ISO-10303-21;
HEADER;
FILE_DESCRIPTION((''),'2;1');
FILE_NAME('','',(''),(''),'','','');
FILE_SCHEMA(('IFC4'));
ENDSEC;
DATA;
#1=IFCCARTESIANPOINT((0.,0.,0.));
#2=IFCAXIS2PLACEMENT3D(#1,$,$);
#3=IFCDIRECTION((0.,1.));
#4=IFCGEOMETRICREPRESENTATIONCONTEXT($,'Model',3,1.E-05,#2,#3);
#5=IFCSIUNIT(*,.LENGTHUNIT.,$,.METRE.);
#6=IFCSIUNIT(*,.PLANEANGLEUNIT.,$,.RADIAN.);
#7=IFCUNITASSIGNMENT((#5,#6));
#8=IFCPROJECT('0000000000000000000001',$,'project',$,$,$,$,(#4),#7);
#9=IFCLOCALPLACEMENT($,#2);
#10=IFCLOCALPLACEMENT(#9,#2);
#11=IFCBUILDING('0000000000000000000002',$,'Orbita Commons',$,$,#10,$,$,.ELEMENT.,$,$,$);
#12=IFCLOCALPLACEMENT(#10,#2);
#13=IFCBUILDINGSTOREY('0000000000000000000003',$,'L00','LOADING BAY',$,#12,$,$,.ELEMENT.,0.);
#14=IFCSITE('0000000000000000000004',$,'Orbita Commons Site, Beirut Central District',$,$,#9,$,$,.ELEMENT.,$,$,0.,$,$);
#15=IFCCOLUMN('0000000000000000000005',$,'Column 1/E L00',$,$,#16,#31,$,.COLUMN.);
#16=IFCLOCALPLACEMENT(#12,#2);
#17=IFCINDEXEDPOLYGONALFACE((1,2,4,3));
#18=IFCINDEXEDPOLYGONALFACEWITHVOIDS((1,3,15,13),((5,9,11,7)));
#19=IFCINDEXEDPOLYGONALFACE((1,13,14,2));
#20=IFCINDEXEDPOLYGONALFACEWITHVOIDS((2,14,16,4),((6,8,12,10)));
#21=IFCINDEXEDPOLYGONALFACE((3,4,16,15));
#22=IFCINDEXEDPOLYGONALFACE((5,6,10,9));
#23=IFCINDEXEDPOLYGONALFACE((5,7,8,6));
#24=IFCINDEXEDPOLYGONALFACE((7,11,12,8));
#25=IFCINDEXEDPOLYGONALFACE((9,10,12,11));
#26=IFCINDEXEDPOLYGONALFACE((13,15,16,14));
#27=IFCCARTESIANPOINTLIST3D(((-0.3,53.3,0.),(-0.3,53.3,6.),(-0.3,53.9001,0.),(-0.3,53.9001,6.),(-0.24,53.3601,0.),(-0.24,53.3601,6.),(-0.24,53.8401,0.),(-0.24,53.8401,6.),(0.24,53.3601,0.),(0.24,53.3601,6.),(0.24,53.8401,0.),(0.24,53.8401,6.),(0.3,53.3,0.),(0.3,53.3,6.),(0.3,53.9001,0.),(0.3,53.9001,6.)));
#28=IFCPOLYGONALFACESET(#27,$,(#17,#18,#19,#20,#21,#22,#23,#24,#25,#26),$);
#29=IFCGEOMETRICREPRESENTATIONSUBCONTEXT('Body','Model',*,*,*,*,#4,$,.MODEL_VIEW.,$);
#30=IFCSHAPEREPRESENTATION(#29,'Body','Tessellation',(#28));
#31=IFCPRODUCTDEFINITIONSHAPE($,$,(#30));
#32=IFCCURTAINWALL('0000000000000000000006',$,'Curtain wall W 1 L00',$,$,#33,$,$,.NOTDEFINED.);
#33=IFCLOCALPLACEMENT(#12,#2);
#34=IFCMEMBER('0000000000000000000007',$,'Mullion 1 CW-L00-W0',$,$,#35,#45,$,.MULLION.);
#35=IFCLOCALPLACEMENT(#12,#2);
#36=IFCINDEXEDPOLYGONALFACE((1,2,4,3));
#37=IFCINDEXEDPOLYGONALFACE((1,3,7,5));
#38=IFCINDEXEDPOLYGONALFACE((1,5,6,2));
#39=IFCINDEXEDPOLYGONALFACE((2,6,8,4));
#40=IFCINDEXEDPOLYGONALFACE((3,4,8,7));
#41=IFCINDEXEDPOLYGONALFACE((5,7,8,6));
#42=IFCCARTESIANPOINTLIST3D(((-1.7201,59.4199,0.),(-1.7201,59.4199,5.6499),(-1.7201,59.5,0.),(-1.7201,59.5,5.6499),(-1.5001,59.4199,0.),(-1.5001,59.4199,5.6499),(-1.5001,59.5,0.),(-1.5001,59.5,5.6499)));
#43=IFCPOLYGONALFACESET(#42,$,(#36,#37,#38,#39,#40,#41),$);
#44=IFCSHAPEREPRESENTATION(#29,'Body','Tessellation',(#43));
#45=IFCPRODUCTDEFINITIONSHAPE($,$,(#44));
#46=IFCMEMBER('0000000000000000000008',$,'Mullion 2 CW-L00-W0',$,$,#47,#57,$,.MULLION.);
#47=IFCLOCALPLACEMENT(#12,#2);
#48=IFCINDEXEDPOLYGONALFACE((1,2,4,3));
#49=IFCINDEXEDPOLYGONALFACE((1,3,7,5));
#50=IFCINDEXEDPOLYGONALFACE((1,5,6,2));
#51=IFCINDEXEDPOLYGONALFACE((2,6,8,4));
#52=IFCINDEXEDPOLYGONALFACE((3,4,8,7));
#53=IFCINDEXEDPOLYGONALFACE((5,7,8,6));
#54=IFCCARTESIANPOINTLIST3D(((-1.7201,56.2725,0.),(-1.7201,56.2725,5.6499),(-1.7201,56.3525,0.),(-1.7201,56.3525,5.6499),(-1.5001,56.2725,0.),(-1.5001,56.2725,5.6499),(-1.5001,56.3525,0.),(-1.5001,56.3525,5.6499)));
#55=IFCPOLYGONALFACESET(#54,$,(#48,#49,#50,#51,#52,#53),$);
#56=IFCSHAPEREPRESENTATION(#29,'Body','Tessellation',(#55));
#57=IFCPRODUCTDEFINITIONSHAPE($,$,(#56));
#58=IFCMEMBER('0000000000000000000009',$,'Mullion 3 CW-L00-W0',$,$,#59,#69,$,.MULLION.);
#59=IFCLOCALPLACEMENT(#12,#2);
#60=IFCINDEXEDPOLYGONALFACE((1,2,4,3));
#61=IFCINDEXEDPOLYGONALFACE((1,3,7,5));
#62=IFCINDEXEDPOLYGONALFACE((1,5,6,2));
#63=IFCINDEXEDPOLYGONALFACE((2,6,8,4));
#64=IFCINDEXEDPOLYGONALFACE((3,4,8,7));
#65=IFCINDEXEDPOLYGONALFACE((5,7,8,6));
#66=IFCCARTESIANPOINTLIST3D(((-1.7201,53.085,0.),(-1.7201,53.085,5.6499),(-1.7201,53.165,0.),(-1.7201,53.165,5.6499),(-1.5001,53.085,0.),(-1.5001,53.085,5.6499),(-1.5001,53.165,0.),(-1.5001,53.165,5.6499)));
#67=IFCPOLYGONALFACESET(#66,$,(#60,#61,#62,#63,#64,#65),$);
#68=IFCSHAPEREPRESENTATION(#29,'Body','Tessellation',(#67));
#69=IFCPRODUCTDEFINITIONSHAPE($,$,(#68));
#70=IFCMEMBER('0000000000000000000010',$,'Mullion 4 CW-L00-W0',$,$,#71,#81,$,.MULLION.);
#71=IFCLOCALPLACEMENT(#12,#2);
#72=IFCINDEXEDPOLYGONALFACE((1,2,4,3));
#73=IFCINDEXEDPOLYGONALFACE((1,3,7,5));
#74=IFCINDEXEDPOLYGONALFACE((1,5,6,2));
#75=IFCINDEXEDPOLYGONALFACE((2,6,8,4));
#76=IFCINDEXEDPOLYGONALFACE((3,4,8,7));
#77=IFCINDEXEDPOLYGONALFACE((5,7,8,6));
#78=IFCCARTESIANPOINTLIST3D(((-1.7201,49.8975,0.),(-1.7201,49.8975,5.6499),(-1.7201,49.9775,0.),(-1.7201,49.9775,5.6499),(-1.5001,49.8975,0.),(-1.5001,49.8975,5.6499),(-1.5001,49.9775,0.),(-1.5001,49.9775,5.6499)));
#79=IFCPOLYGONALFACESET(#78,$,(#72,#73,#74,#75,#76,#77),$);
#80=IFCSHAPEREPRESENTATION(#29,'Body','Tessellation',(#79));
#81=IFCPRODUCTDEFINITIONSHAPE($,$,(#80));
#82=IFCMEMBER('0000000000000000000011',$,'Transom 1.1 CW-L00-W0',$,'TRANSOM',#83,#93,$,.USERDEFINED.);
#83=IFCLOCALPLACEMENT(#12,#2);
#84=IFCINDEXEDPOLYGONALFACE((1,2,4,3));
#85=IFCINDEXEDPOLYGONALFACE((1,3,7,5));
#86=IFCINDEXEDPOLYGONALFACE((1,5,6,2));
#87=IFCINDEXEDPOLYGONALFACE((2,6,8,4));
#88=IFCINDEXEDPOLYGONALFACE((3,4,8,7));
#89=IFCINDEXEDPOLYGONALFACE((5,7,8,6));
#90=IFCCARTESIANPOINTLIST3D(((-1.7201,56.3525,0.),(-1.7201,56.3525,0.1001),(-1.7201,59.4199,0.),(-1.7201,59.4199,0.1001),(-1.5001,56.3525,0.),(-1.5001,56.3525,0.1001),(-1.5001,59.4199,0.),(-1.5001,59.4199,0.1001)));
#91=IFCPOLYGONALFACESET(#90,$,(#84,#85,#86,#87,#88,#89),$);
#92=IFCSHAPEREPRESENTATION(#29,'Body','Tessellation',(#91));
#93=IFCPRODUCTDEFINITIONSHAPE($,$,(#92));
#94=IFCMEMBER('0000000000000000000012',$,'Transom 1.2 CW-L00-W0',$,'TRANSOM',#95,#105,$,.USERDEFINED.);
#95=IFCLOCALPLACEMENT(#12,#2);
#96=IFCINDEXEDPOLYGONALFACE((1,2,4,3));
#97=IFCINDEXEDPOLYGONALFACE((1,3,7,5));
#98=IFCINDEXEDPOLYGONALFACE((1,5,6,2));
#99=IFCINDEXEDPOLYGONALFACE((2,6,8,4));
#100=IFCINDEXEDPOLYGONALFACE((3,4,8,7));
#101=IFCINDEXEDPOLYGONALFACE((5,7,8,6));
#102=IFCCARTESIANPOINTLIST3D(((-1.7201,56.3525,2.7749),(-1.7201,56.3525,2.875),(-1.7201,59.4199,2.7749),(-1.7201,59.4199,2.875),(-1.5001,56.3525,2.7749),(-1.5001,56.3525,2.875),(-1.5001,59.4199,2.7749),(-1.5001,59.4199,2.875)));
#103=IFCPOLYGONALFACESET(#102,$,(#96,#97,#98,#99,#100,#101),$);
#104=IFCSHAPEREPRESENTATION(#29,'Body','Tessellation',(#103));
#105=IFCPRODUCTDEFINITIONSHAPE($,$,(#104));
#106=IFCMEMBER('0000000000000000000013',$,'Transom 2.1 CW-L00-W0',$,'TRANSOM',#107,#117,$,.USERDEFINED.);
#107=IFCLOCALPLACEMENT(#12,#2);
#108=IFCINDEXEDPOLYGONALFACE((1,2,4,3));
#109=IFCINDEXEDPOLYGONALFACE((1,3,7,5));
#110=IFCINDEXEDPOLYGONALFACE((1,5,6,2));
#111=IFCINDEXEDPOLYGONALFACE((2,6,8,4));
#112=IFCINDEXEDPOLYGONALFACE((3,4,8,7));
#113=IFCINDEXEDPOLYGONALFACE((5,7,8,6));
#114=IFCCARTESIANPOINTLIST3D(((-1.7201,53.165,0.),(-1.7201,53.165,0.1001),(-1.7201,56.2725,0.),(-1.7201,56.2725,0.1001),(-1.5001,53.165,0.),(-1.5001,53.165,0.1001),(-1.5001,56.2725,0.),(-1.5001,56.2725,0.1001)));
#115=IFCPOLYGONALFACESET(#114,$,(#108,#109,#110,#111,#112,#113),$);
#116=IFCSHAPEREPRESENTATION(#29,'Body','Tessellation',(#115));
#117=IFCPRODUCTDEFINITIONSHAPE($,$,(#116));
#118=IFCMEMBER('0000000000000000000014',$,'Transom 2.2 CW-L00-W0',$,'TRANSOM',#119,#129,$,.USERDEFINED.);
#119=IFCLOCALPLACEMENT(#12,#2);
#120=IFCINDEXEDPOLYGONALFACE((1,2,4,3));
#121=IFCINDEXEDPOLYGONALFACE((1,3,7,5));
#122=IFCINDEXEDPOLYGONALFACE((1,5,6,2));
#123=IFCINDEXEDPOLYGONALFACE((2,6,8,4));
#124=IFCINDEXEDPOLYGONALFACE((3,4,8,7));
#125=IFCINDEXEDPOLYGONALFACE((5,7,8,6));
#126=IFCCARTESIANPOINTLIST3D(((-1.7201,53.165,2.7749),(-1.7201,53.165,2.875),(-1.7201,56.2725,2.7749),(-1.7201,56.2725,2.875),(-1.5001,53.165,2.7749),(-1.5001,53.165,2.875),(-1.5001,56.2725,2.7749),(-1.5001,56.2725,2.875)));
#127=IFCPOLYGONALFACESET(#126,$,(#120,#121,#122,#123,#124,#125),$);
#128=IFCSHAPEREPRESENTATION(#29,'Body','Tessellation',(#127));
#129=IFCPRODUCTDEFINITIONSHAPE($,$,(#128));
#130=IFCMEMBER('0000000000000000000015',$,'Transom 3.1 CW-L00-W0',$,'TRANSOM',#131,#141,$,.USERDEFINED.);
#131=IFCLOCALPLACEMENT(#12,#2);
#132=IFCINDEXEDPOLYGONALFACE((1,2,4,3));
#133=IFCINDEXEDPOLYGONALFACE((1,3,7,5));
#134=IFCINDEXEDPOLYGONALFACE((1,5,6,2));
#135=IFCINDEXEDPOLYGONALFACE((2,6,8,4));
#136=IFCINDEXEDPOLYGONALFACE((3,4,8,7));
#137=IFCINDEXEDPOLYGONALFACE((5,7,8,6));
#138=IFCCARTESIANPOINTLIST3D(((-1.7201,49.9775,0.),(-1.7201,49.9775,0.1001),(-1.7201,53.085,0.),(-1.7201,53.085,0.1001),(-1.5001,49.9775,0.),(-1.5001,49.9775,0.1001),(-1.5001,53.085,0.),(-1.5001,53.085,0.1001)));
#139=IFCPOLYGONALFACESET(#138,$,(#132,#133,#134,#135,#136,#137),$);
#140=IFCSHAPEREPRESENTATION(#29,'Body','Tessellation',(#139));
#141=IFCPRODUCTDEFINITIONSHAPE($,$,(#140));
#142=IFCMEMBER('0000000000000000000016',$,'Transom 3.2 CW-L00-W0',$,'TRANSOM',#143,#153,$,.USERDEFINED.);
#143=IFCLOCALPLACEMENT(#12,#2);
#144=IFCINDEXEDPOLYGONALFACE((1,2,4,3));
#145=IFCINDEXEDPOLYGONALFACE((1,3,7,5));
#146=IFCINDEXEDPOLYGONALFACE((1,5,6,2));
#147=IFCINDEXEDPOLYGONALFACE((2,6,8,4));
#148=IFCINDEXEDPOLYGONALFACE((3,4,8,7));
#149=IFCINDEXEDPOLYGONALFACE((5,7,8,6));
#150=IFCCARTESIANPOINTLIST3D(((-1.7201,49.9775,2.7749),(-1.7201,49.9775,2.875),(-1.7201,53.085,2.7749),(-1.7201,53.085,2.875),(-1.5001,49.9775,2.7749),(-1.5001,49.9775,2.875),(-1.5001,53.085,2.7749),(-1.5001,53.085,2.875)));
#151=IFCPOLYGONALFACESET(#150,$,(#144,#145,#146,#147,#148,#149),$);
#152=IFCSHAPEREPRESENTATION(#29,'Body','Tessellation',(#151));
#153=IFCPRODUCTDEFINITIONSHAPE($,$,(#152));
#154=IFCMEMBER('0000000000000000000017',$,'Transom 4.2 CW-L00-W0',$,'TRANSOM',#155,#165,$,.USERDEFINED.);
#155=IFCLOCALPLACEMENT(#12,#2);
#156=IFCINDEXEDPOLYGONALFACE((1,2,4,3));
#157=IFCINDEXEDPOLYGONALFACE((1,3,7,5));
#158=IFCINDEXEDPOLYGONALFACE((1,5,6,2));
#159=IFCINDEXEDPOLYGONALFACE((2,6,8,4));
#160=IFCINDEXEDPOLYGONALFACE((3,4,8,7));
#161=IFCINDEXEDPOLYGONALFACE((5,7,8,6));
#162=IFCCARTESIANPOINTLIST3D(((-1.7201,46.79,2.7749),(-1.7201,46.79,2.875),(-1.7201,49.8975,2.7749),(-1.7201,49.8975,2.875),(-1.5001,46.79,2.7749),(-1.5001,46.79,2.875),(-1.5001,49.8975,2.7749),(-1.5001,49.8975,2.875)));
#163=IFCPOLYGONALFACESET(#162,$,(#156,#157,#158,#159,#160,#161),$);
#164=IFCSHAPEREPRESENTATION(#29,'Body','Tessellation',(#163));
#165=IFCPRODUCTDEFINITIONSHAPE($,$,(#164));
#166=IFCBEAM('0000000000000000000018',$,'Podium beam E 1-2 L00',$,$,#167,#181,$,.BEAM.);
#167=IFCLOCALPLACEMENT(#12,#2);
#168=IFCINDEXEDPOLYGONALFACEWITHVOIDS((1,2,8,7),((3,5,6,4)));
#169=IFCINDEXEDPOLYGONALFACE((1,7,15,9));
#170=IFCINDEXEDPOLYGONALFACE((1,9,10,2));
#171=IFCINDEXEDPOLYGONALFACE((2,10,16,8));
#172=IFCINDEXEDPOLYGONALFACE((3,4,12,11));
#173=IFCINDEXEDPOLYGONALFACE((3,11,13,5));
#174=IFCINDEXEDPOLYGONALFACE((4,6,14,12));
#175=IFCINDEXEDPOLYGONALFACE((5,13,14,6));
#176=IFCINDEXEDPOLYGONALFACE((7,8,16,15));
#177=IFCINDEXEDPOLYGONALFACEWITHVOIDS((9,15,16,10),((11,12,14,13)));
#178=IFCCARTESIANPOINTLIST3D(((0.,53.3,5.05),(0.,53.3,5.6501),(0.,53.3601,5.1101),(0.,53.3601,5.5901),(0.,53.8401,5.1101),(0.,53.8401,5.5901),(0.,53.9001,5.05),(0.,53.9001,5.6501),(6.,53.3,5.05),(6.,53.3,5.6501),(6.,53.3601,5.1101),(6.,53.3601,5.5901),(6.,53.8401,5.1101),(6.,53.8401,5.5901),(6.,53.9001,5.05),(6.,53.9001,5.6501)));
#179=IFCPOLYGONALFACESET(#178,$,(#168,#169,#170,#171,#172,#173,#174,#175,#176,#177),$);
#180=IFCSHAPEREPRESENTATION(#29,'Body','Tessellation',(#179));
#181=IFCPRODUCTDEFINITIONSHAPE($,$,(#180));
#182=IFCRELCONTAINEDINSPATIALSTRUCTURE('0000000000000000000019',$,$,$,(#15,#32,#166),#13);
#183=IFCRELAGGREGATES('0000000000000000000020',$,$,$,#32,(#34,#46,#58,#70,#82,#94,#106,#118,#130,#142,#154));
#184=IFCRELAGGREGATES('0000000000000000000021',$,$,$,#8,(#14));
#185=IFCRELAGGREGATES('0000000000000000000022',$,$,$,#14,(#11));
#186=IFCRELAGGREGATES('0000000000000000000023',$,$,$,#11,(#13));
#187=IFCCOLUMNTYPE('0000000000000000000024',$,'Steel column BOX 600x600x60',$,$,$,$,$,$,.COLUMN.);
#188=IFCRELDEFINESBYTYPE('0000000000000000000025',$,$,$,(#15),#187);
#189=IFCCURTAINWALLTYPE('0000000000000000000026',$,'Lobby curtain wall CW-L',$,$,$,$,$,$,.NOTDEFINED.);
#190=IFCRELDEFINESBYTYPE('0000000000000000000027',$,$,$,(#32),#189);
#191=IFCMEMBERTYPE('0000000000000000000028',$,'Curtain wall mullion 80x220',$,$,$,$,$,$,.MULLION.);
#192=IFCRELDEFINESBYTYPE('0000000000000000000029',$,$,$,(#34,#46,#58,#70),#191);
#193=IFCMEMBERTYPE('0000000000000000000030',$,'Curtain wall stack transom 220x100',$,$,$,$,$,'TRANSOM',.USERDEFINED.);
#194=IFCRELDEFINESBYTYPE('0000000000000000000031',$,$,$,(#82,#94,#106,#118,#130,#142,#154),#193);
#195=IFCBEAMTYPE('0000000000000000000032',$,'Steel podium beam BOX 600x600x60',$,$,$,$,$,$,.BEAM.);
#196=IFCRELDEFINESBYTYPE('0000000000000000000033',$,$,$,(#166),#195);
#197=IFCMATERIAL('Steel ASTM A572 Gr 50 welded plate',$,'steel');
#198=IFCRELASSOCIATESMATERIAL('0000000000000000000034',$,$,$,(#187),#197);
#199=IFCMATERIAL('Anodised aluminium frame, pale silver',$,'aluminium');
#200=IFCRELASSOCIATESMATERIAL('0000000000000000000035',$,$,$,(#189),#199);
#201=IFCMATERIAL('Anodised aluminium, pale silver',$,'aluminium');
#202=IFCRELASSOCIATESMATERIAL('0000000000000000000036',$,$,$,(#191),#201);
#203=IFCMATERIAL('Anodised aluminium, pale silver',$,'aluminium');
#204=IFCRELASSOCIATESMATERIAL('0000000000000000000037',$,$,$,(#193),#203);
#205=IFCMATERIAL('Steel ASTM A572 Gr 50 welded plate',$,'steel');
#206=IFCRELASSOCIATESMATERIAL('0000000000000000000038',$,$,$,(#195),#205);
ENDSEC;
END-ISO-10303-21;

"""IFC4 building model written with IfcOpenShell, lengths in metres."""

from ifc_helpers import new_model, si_unit, direction, frame, origin, origin_2d, place, context, subcontext, project, spatial, rectangle, hollow_rectangle, extrude, material, material_profile, profile_set, type_object, element, aggregate, save


model = new_model("IFC4")

# Units and contexts
model_context = context("Model", 3, precision=1e-05, world=origin(), true_north=direction((0.0, 1.0)))
body_context = subcontext(model_context, "Body", "Model", "MODEL_VIEW")
ifc_project = project(units=[si_unit("LENGTHUNIT", "METRE"), si_unit("PLANEANGLEUNIT", "RADIAN")], contexts=[model_context])

# Site, building, storey
site_placement = place(None, origin())
site = spatial("IfcSite", under=ifc_project, at=site_placement, Name="Orbita Commons Site, Beirut Central District", CompositionType="ELEMENT", RefElevation=0.0)
building_placement = place(site_placement, origin())
building = spatial("IfcBuilding", under=site, at=building_placement, Name="Orbita Commons", CompositionType="ELEMENT")
storey_placement = place(building_placement, origin())
storey = spatial("IfcBuildingStorey", under=building, at=storey_placement, Name="L00", Description="LOADING BAY", CompositionType="ELEMENT", Elevation=0.0)

# Column
ifc_material_1 = material(Name="Steel ASTM A572 Gr 50 welded plate", Category="steel")
ifc_material_profile_1 = material_profile(ifc_material_1, hollow_rectangle(XDim=0.6001, YDim=0.6001, WallThickness=0.0601, at=origin_2d()), Name="BOX 600x600x60")
ifc_profile_set_1 = profile_set([ifc_material_profile_1], Name="Steel ASTM A572 Gr 50 welded plate")
column_type = type_object("IfcColumnType", Name="Steel column BOX 600x600x60", PredefinedType="COLUMN", material=ifc_profile_set_1)
column_placement = place(storey_placement, frame((0.0, 53.6001, 0.0), z_axis=(0.0, 0.0, 1.0), x_axis=(1.0, 0.0, 0.0)))
element("IfcColumn", 1, at=column_placement, inside=storey, type_object=column_type, Name="Column 1/E L00", PredefinedType="COLUMN", context=body_context, shape_type="SweptSolid", body=[
    extrude(hollow_rectangle(XDim=0.6001, YDim=0.6001, WallThickness=0.0601, at=origin_2d()), origin(), (0.0, 0.0, 1.0), 6.0),
])

# Curtain wall, members
ifc_material_2 = material(Name="Anodised aluminium frame, pale silver", Category="aluminium")
curtain_wall_type = type_object("IfcCurtainWallType", Name="Lobby curtain wall CW-L", PredefinedType="NOTDEFINED", material=ifc_material_2)
curtain_wall_placement = place(storey_placement, origin())
curtain_wall = element("IfcCurtainWall", 2, at=curtain_wall_placement, inside=storey, type_object=curtain_wall_type, Name="Curtain wall W 1 L00", PredefinedType="NOTDEFINED")
ifc_material_3 = material(Name="Anodised aluminium, pale silver", Category="aluminium")
ifc_material_profile_2 = material_profile(ifc_material_3, rectangle(XDim=0.0801, YDim=0.22, at=origin_2d()), Name="AL 80x220")
ifc_profile_set_2 = profile_set([ifc_material_profile_2], Name="Anodised aluminium, pale silver")
member_type_1 = type_object("IfcMemberType", Name="Curtain wall mullion 80x220", PredefinedType="MULLION", material=ifc_profile_set_2)
member_1_placement = place(storey_placement, frame((-1.6101, 59.46, 0.0), z_axis=(0.0, 0.0, 1.0), x_axis=(0.0, -1.0, 0.0)))
member_1 = element("IfcMember", 3, at=member_1_placement, type_object=member_type_1, Name="Mullion 1 CW-L00-W0", PredefinedType="MULLION", context=body_context, shape_type="SweptSolid", body=[
    extrude(rectangle(XDim=0.0801, YDim=0.22, at=origin_2d()), origin(), (0.0, 0.0, 1.0), 5.6499),
])
member_2_placement = place(storey_placement, frame((-1.6101, 56.3125, 0.0), z_axis=(0.0, 0.0, 1.0), x_axis=(0.0, -1.0, 0.0)))
member_2 = element("IfcMember", 4, at=member_2_placement, type_object=member_type_1, Name="Mullion 2 CW-L00-W0", PredefinedType="MULLION", context=body_context, shape_type="SweptSolid", body=[
    extrude(rectangle(XDim=0.0801, YDim=0.22, at=origin_2d()), origin(), (0.0, 0.0, 1.0), 5.6499),
])
member_3_placement = place(storey_placement, frame((-1.6101, 53.125, 0.0), z_axis=(0.0, 0.0, 1.0), x_axis=(0.0, -1.0, 0.0)))
member_3 = element("IfcMember", 5, at=member_3_placement, type_object=member_type_1, Name="Mullion 3 CW-L00-W0", PredefinedType="MULLION", context=body_context, shape_type="SweptSolid", body=[
    extrude(rectangle(XDim=0.0801, YDim=0.22, at=origin_2d()), origin(), (0.0, 0.0, 1.0), 5.6499),
])
member_4_placement = place(storey_placement, frame((-1.6101, 49.9375, 0.0), z_axis=(0.0, 0.0, 1.0), x_axis=(0.0, -1.0, 0.0)))
member_4 = element("IfcMember", 6, at=member_4_placement, type_object=member_type_1, Name="Mullion 4 CW-L00-W0", PredefinedType="MULLION", context=body_context, shape_type="SweptSolid", body=[
    extrude(rectangle(XDim=0.0801, YDim=0.22, at=origin_2d()), origin(), (0.0, 0.0, 1.0), 5.6499),
])
ifc_material_4 = material(Name="Anodised aluminium, pale silver", Category="aluminium")
ifc_material_profile_3 = material_profile(ifc_material_4, rectangle(XDim=0.22, YDim=0.1001, at=origin_2d()), Name="AL 220x100")
ifc_profile_set_3 = profile_set([ifc_material_profile_3], Name="Anodised aluminium, pale silver")
member_type_2 = type_object("IfcMemberType", Name="Curtain wall stack transom 220x100", ElementType="TRANSOM", PredefinedType="USERDEFINED", material=ifc_profile_set_3)
member_5_placement = place(storey_placement, frame((-1.6101, 59.4199, 0.05), z_axis=(0.0, -1.0, 0.0), x_axis=(1.0, 0.0, 0.0)))
member_5 = element("IfcMember", 7, at=member_5_placement, type_object=member_type_2, Name="Transom 1.1 CW-L00-W0", ObjectType="TRANSOM", PredefinedType="USERDEFINED", context=body_context, shape_type="SweptSolid", body=[
    extrude(rectangle(XDim=0.22, YDim=0.1001, at=origin_2d()), origin(), (0.0, 0.0, 1.0), 3.0674),
])
member_6_placement = place(storey_placement, frame((-1.6101, 59.4199, 2.825), z_axis=(0.0, -1.0, 0.0), x_axis=(1.0, 0.0, 0.0)))
member_6 = element("IfcMember", 8, at=member_6_placement, type_object=member_type_2, Name="Transom 1.2 CW-L00-W0", ObjectType="TRANSOM", PredefinedType="USERDEFINED", context=body_context, shape_type="SweptSolid", body=[
    extrude(rectangle(XDim=0.22, YDim=0.1001, at=origin_2d()), origin(), (0.0, 0.0, 1.0), 3.0674),
])
member_7_placement = place(storey_placement, frame((-1.6101, 56.2725, 0.05), z_axis=(0.0, -1.0, 0.0), x_axis=(1.0, 0.0, 0.0)))
member_7 = element("IfcMember", 9, at=member_7_placement, type_object=member_type_2, Name="Transom 2.1 CW-L00-W0", ObjectType="TRANSOM", PredefinedType="USERDEFINED", context=body_context, shape_type="SweptSolid", body=[
    extrude(rectangle(XDim=0.22, YDim=0.1001, at=origin_2d()), origin(), (0.0, 0.0, 1.0), 3.1074),
])
member_8_placement = place(storey_placement, frame((-1.6101, 56.2725, 2.825), z_axis=(0.0, -1.0, 0.0), x_axis=(1.0, 0.0, 0.0)))
member_8 = element("IfcMember", 10, at=member_8_placement, type_object=member_type_2, Name="Transom 2.2 CW-L00-W0", ObjectType="TRANSOM", PredefinedType="USERDEFINED", context=body_context, shape_type="SweptSolid", body=[
    extrude(rectangle(XDim=0.22, YDim=0.1001, at=origin_2d()), origin(), (0.0, 0.0, 1.0), 3.1074),
])
member_9_placement = place(storey_placement, frame((-1.6101, 53.085, 0.05), z_axis=(0.0, -1.0, 0.0), x_axis=(1.0, 0.0, 0.0)))
member_9 = element("IfcMember", 11, at=member_9_placement, type_object=member_type_2, Name="Transom 3.1 CW-L00-W0", ObjectType="TRANSOM", PredefinedType="USERDEFINED", context=body_context, shape_type="SweptSolid", body=[
    extrude(rectangle(XDim=0.22, YDim=0.1001, at=origin_2d()), origin(), (0.0, 0.0, 1.0), 3.1074),
])
member_10_placement = place(storey_placement, frame((-1.6101, 53.085, 2.825), z_axis=(0.0, -1.0, 0.0), x_axis=(1.0, 0.0, 0.0)))
member_10 = element("IfcMember", 12, at=member_10_placement, type_object=member_type_2, Name="Transom 3.2 CW-L00-W0", ObjectType="TRANSOM", PredefinedType="USERDEFINED", context=body_context, shape_type="SweptSolid", body=[
    extrude(rectangle(XDim=0.22, YDim=0.1001, at=origin_2d()), origin(), (0.0, 0.0, 1.0), 3.1074),
])
member_11_placement = place(storey_placement, frame((-1.6101, 49.8975, 2.825), z_axis=(0.0, -1.0, 0.0), x_axis=(1.0, 0.0, 0.0)))
member_11 = element("IfcMember", 13, at=member_11_placement, type_object=member_type_2, Name="Transom 4.2 CW-L00-W0", ObjectType="TRANSOM", PredefinedType="USERDEFINED", context=body_context, shape_type="SweptSolid", body=[
    extrude(rectangle(XDim=0.22, YDim=0.1001, at=origin_2d()), origin(), (0.0, 0.0, 1.0), 3.1074),
])

# Beam
ifc_material_5 = material(Name="Steel ASTM A572 Gr 50 welded plate", Category="steel")
ifc_material_profile_4 = material_profile(ifc_material_5, hollow_rectangle(XDim=0.6001, YDim=0.6001, WallThickness=0.0601, at=origin_2d()), Name="BOX 600x600x60")
ifc_profile_set_4 = profile_set([ifc_material_profile_4], Name="Steel ASTM A572 Gr 50 welded plate")
beam_type = type_object("IfcBeamType", Name="Steel podium beam BOX 600x600x60", PredefinedType="BEAM", material=ifc_profile_set_4)
beam_placement = place(storey_placement, frame((0.0, 53.6001, 5.3501), z_axis=(1.0, 0.0, 0.0), x_axis=(0.0, 1.0, 0.0)))
element("IfcBeam", 14, at=beam_placement, inside=storey, type_object=beam_type, Name="Podium beam E 1-2 L00", PredefinedType="BEAM", context=body_context, shape_type="SweptSolid", body=[
    extrude(hollow_rectangle(XDim=0.6001, YDim=0.6001, WallThickness=0.0601, at=origin_2d()), origin(), (0.0, 0.0, 1.0), 6.0),
])

aggregate(curtain_wall, [member_1, member_2, member_3, member_4, member_5, member_6, member_7, member_8, member_9, member_10, member_11])

save(model, "model.ifc")
